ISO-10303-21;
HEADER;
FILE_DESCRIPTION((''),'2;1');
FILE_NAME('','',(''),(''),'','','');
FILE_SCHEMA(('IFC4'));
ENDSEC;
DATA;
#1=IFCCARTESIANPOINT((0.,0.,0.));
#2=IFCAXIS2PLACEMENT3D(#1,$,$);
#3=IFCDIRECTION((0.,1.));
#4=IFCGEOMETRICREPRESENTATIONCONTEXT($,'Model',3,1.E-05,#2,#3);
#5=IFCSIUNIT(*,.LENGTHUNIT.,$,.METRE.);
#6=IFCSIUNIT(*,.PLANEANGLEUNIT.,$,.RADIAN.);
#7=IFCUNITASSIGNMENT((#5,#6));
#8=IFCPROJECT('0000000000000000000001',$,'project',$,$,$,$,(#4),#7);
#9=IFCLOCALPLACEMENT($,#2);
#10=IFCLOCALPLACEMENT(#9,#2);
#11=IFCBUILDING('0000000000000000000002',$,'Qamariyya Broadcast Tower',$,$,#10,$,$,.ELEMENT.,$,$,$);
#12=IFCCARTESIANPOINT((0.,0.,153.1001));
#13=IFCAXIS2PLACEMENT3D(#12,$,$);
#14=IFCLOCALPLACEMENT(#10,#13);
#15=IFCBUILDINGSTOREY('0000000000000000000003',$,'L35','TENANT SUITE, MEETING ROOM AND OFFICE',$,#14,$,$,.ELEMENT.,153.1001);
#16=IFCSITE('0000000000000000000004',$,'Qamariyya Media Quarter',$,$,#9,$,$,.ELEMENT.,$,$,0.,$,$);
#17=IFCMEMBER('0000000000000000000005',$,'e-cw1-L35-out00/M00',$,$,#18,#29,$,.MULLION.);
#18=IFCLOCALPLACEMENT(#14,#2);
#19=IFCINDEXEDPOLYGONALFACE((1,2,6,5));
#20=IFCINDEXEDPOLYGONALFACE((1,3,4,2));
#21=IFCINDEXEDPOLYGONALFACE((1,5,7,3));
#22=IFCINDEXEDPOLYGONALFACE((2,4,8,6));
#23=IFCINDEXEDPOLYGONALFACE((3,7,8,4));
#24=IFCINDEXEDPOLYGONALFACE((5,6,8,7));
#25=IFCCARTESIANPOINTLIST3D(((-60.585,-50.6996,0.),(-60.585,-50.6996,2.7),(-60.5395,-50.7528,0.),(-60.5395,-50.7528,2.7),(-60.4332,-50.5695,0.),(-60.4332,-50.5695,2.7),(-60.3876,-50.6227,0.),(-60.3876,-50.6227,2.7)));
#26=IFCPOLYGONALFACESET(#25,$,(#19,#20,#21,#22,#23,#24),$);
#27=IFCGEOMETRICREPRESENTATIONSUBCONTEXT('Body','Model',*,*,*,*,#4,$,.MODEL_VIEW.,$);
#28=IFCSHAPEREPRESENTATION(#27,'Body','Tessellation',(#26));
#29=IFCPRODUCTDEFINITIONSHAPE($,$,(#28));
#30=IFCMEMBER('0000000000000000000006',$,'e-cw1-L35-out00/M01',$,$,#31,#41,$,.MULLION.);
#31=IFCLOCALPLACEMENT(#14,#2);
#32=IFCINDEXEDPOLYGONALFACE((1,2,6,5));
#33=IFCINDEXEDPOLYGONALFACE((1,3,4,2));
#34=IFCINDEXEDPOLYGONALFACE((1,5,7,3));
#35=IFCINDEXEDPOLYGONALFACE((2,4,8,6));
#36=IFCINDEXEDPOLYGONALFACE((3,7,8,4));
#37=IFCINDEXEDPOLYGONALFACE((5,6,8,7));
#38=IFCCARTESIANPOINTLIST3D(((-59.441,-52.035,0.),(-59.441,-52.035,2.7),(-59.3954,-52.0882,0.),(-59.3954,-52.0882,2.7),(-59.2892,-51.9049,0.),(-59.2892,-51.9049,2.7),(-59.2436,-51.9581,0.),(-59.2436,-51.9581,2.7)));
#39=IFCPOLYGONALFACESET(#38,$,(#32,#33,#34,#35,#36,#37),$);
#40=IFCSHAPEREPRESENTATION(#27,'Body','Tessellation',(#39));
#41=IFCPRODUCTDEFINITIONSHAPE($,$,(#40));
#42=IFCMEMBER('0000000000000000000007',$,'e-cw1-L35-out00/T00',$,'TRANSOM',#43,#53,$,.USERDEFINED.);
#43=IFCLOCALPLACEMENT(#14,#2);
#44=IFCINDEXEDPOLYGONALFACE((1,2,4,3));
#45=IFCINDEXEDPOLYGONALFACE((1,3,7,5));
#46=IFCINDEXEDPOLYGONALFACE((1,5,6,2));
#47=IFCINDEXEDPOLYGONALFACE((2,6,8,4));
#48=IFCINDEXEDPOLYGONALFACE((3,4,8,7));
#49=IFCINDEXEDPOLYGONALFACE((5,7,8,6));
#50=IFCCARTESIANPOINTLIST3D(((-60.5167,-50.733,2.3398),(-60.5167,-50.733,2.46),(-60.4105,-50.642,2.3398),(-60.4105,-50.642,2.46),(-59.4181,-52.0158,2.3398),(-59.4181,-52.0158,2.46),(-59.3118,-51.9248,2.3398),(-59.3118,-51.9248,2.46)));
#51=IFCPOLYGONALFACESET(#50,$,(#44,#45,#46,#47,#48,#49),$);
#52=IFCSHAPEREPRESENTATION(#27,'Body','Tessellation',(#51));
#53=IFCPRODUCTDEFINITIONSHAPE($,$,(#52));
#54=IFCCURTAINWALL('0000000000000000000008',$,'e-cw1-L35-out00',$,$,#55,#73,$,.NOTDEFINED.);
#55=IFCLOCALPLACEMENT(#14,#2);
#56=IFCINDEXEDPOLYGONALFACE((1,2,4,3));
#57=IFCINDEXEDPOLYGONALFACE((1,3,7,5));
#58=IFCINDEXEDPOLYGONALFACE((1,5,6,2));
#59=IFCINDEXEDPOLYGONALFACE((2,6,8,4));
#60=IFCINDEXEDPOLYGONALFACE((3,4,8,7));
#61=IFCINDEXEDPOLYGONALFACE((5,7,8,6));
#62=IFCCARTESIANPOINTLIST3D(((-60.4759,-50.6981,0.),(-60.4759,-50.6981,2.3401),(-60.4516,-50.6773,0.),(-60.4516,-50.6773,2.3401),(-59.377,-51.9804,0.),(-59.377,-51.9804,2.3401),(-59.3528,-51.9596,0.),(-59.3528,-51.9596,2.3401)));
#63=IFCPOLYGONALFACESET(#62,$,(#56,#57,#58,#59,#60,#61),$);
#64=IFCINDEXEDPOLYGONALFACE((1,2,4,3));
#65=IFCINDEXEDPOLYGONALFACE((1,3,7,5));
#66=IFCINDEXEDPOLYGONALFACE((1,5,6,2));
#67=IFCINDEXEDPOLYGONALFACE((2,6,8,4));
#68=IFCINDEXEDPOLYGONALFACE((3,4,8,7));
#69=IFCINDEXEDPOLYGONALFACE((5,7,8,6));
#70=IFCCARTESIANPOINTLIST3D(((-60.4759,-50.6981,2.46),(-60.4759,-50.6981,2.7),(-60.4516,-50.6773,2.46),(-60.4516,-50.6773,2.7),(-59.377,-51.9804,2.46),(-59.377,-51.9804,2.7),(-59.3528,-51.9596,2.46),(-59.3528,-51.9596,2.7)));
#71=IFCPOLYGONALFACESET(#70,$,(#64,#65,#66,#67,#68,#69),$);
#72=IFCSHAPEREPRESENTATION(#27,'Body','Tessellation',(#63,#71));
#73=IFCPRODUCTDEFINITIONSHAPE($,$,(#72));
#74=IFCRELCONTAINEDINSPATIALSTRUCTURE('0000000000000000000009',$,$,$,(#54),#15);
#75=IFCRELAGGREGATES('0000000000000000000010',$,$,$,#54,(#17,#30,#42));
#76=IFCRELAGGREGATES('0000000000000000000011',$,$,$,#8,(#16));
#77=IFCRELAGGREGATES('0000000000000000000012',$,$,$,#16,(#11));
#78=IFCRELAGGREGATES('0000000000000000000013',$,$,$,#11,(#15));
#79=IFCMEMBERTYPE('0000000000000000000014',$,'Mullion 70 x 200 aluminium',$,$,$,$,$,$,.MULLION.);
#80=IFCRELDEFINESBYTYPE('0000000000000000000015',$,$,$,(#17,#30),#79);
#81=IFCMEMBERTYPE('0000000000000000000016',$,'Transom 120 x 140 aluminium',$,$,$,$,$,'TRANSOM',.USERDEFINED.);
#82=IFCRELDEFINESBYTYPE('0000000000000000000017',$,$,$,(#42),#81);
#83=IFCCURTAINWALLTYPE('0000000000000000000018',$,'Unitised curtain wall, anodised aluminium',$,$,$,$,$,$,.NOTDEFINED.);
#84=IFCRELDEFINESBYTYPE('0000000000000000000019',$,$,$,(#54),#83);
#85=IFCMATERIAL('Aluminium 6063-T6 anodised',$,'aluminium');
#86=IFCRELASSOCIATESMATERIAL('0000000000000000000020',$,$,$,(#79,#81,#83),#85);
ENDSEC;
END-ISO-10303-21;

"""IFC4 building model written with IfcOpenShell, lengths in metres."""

from ifc_helpers import new_model, si_unit, direction, frame, origin, origin_2d, place, context, subcontext, project, spatial, rectangle, extrude, material, material_profile, profile_set, type_object, element, aggregate, save


model = new_model("IFC4")

# Units and contexts
model_context = context("Model", 3, precision=1e-05, world=origin(), true_north=direction((0.0, 1.0)))
body_context = subcontext(model_context, "Body", "Model", "MODEL_VIEW")
ifc_project = project(units=[si_unit("LENGTHUNIT", "METRE"), si_unit("PLANEANGLEUNIT", "RADIAN")], contexts=[model_context])

# Members
ifc_material_1 = material(Name="Aluminium 6063-T6 anodised", Category="aluminium")
ifc_material_profile_1 = material_profile(ifc_material_1, rectangle(XDim=0.2, YDim=0.0701, at=origin_2d()))
ifc_profile_set_1 = profile_set([ifc_material_profile_1], Name="Aluminium 6063-T6 anodised")
member_type_1 = type_object("IfcMemberType", Name="Mullion 70 x 200 aluminium", PredefinedType="MULLION", material=ifc_profile_set_1)
site_placement = place(None, origin())
building_placement = place(site_placement, origin())
storey_placement = place(building_placement, frame((0.0, 0.0, 153.1001)))
member_1_placement = place(storey_placement, frame((-60.4863, -50.6611, 0.0), z_axis=(0.0, 0.0, 1.0), x_axis=(0.759421, 0.650599, 0.0)))
member_1 = element("IfcMember", 1, at=member_1_placement, type_object=member_type_1, Name="e-cw1-L35-out00/M00", PredefinedType="MULLION", context=body_context, shape_type="SweptSolid", body=[
    extrude(rectangle(XDim=0.2, YDim=0.0701, at=origin_2d()), origin(), (0.0, 0.0, 1.0), 2.7),
])
member_2_placement = place(storey_placement, frame((-59.3423, -51.9966, 0.0), z_axis=(0.0, 0.0, 1.0), x_axis=(0.759421, 0.650599, 0.0)))
member_2 = element("IfcMember", 2, at=member_2_placement, type_object=member_type_1, Name="e-cw1-L35-out00/M01", PredefinedType="MULLION", context=body_context, shape_type="SweptSolid", body=[
    extrude(rectangle(XDim=0.2, YDim=0.0701, at=origin_2d()), origin(), (0.0, 0.0, 1.0), 2.7),
])
ifc_material_profile_2 = material_profile(ifc_material_1, rectangle(XDim=0.1399, YDim=0.1201, at=origin_2d()))
ifc_profile_set_2 = profile_set([ifc_material_profile_2], Name="Aluminium 6063-T6 anodised")
member_type_2 = type_object("IfcMemberType", Name="Transom 120 x 140 aluminium", ElementType="TRANSOM", PredefinedType="USERDEFINED", material=ifc_profile_set_2)
member_3_placement = place(storey_placement, frame((-60.4636, -50.6875, 2.3999), z_axis=(0.650506, -0.759501, 0.0), x_axis=(0.759501, 0.650506, 0.0)))
member_3 = element("IfcMember", 3, at=member_3_placement, type_object=member_type_2, Name="e-cw1-L35-out00/T00", ObjectType="TRANSOM", PredefinedType="USERDEFINED", context=body_context, shape_type="SweptSolid", body=[
    extrude(rectangle(XDim=0.1399, YDim=0.1201, at=origin_2d()), origin(), (0.0, 0.0, 1.0), 1.689),
])

# Site, building, storey
site = spatial("IfcSite", under=ifc_project, at=site_placement, Name="Qamariyya Media Quarter", CompositionType="ELEMENT", RefElevation=0.0)
building = spatial("IfcBuilding", under=site, at=building_placement, Name="Qamariyya Broadcast Tower", CompositionType="ELEMENT")
storey = spatial("IfcBuildingStorey", under=building, at=storey_placement, Name="L35", Description="TENANT SUITE, MEETING ROOM AND OFFICE", CompositionType="ELEMENT", Elevation=153.1001)

# Curtain wall
curtain_wall_type = type_object("IfcCurtainWallType", Name="Unitised curtain wall, anodised aluminium", PredefinedType="NOTDEFINED", material=ifc_material_1)
curtain_wall_1_placement = place(storey_placement, origin())
curtain_wall_1 = element("IfcCurtainWall", 4, at=curtain_wall_1_placement, inside=storey, type_object=curtain_wall_type, Name="e-cw1-L35-out00", PredefinedType="NOTDEFINED", context=body_context, shape_type="SweptSolid", body=[
    extrude(rectangle(XDim=1.6887, YDim=0.032, at=origin_2d()), frame((-59.9143, -51.3289, 0.0), x_axis=(0.650681, -0.759351, 0.0)), (0.0, 0.0, 1.0), 2.3401),
    extrude(rectangle(XDim=1.6887, YDim=0.032, at=origin_2d()), frame((-59.9143, -51.3289, 2.46), x_axis=(0.650681, -0.759351, 0.0)), (0.0, 0.0, 1.0), 0.24),
])
aggregate(curtain_wall_1, [member_1, member_2, member_3])

save(model, "model.ifc")
